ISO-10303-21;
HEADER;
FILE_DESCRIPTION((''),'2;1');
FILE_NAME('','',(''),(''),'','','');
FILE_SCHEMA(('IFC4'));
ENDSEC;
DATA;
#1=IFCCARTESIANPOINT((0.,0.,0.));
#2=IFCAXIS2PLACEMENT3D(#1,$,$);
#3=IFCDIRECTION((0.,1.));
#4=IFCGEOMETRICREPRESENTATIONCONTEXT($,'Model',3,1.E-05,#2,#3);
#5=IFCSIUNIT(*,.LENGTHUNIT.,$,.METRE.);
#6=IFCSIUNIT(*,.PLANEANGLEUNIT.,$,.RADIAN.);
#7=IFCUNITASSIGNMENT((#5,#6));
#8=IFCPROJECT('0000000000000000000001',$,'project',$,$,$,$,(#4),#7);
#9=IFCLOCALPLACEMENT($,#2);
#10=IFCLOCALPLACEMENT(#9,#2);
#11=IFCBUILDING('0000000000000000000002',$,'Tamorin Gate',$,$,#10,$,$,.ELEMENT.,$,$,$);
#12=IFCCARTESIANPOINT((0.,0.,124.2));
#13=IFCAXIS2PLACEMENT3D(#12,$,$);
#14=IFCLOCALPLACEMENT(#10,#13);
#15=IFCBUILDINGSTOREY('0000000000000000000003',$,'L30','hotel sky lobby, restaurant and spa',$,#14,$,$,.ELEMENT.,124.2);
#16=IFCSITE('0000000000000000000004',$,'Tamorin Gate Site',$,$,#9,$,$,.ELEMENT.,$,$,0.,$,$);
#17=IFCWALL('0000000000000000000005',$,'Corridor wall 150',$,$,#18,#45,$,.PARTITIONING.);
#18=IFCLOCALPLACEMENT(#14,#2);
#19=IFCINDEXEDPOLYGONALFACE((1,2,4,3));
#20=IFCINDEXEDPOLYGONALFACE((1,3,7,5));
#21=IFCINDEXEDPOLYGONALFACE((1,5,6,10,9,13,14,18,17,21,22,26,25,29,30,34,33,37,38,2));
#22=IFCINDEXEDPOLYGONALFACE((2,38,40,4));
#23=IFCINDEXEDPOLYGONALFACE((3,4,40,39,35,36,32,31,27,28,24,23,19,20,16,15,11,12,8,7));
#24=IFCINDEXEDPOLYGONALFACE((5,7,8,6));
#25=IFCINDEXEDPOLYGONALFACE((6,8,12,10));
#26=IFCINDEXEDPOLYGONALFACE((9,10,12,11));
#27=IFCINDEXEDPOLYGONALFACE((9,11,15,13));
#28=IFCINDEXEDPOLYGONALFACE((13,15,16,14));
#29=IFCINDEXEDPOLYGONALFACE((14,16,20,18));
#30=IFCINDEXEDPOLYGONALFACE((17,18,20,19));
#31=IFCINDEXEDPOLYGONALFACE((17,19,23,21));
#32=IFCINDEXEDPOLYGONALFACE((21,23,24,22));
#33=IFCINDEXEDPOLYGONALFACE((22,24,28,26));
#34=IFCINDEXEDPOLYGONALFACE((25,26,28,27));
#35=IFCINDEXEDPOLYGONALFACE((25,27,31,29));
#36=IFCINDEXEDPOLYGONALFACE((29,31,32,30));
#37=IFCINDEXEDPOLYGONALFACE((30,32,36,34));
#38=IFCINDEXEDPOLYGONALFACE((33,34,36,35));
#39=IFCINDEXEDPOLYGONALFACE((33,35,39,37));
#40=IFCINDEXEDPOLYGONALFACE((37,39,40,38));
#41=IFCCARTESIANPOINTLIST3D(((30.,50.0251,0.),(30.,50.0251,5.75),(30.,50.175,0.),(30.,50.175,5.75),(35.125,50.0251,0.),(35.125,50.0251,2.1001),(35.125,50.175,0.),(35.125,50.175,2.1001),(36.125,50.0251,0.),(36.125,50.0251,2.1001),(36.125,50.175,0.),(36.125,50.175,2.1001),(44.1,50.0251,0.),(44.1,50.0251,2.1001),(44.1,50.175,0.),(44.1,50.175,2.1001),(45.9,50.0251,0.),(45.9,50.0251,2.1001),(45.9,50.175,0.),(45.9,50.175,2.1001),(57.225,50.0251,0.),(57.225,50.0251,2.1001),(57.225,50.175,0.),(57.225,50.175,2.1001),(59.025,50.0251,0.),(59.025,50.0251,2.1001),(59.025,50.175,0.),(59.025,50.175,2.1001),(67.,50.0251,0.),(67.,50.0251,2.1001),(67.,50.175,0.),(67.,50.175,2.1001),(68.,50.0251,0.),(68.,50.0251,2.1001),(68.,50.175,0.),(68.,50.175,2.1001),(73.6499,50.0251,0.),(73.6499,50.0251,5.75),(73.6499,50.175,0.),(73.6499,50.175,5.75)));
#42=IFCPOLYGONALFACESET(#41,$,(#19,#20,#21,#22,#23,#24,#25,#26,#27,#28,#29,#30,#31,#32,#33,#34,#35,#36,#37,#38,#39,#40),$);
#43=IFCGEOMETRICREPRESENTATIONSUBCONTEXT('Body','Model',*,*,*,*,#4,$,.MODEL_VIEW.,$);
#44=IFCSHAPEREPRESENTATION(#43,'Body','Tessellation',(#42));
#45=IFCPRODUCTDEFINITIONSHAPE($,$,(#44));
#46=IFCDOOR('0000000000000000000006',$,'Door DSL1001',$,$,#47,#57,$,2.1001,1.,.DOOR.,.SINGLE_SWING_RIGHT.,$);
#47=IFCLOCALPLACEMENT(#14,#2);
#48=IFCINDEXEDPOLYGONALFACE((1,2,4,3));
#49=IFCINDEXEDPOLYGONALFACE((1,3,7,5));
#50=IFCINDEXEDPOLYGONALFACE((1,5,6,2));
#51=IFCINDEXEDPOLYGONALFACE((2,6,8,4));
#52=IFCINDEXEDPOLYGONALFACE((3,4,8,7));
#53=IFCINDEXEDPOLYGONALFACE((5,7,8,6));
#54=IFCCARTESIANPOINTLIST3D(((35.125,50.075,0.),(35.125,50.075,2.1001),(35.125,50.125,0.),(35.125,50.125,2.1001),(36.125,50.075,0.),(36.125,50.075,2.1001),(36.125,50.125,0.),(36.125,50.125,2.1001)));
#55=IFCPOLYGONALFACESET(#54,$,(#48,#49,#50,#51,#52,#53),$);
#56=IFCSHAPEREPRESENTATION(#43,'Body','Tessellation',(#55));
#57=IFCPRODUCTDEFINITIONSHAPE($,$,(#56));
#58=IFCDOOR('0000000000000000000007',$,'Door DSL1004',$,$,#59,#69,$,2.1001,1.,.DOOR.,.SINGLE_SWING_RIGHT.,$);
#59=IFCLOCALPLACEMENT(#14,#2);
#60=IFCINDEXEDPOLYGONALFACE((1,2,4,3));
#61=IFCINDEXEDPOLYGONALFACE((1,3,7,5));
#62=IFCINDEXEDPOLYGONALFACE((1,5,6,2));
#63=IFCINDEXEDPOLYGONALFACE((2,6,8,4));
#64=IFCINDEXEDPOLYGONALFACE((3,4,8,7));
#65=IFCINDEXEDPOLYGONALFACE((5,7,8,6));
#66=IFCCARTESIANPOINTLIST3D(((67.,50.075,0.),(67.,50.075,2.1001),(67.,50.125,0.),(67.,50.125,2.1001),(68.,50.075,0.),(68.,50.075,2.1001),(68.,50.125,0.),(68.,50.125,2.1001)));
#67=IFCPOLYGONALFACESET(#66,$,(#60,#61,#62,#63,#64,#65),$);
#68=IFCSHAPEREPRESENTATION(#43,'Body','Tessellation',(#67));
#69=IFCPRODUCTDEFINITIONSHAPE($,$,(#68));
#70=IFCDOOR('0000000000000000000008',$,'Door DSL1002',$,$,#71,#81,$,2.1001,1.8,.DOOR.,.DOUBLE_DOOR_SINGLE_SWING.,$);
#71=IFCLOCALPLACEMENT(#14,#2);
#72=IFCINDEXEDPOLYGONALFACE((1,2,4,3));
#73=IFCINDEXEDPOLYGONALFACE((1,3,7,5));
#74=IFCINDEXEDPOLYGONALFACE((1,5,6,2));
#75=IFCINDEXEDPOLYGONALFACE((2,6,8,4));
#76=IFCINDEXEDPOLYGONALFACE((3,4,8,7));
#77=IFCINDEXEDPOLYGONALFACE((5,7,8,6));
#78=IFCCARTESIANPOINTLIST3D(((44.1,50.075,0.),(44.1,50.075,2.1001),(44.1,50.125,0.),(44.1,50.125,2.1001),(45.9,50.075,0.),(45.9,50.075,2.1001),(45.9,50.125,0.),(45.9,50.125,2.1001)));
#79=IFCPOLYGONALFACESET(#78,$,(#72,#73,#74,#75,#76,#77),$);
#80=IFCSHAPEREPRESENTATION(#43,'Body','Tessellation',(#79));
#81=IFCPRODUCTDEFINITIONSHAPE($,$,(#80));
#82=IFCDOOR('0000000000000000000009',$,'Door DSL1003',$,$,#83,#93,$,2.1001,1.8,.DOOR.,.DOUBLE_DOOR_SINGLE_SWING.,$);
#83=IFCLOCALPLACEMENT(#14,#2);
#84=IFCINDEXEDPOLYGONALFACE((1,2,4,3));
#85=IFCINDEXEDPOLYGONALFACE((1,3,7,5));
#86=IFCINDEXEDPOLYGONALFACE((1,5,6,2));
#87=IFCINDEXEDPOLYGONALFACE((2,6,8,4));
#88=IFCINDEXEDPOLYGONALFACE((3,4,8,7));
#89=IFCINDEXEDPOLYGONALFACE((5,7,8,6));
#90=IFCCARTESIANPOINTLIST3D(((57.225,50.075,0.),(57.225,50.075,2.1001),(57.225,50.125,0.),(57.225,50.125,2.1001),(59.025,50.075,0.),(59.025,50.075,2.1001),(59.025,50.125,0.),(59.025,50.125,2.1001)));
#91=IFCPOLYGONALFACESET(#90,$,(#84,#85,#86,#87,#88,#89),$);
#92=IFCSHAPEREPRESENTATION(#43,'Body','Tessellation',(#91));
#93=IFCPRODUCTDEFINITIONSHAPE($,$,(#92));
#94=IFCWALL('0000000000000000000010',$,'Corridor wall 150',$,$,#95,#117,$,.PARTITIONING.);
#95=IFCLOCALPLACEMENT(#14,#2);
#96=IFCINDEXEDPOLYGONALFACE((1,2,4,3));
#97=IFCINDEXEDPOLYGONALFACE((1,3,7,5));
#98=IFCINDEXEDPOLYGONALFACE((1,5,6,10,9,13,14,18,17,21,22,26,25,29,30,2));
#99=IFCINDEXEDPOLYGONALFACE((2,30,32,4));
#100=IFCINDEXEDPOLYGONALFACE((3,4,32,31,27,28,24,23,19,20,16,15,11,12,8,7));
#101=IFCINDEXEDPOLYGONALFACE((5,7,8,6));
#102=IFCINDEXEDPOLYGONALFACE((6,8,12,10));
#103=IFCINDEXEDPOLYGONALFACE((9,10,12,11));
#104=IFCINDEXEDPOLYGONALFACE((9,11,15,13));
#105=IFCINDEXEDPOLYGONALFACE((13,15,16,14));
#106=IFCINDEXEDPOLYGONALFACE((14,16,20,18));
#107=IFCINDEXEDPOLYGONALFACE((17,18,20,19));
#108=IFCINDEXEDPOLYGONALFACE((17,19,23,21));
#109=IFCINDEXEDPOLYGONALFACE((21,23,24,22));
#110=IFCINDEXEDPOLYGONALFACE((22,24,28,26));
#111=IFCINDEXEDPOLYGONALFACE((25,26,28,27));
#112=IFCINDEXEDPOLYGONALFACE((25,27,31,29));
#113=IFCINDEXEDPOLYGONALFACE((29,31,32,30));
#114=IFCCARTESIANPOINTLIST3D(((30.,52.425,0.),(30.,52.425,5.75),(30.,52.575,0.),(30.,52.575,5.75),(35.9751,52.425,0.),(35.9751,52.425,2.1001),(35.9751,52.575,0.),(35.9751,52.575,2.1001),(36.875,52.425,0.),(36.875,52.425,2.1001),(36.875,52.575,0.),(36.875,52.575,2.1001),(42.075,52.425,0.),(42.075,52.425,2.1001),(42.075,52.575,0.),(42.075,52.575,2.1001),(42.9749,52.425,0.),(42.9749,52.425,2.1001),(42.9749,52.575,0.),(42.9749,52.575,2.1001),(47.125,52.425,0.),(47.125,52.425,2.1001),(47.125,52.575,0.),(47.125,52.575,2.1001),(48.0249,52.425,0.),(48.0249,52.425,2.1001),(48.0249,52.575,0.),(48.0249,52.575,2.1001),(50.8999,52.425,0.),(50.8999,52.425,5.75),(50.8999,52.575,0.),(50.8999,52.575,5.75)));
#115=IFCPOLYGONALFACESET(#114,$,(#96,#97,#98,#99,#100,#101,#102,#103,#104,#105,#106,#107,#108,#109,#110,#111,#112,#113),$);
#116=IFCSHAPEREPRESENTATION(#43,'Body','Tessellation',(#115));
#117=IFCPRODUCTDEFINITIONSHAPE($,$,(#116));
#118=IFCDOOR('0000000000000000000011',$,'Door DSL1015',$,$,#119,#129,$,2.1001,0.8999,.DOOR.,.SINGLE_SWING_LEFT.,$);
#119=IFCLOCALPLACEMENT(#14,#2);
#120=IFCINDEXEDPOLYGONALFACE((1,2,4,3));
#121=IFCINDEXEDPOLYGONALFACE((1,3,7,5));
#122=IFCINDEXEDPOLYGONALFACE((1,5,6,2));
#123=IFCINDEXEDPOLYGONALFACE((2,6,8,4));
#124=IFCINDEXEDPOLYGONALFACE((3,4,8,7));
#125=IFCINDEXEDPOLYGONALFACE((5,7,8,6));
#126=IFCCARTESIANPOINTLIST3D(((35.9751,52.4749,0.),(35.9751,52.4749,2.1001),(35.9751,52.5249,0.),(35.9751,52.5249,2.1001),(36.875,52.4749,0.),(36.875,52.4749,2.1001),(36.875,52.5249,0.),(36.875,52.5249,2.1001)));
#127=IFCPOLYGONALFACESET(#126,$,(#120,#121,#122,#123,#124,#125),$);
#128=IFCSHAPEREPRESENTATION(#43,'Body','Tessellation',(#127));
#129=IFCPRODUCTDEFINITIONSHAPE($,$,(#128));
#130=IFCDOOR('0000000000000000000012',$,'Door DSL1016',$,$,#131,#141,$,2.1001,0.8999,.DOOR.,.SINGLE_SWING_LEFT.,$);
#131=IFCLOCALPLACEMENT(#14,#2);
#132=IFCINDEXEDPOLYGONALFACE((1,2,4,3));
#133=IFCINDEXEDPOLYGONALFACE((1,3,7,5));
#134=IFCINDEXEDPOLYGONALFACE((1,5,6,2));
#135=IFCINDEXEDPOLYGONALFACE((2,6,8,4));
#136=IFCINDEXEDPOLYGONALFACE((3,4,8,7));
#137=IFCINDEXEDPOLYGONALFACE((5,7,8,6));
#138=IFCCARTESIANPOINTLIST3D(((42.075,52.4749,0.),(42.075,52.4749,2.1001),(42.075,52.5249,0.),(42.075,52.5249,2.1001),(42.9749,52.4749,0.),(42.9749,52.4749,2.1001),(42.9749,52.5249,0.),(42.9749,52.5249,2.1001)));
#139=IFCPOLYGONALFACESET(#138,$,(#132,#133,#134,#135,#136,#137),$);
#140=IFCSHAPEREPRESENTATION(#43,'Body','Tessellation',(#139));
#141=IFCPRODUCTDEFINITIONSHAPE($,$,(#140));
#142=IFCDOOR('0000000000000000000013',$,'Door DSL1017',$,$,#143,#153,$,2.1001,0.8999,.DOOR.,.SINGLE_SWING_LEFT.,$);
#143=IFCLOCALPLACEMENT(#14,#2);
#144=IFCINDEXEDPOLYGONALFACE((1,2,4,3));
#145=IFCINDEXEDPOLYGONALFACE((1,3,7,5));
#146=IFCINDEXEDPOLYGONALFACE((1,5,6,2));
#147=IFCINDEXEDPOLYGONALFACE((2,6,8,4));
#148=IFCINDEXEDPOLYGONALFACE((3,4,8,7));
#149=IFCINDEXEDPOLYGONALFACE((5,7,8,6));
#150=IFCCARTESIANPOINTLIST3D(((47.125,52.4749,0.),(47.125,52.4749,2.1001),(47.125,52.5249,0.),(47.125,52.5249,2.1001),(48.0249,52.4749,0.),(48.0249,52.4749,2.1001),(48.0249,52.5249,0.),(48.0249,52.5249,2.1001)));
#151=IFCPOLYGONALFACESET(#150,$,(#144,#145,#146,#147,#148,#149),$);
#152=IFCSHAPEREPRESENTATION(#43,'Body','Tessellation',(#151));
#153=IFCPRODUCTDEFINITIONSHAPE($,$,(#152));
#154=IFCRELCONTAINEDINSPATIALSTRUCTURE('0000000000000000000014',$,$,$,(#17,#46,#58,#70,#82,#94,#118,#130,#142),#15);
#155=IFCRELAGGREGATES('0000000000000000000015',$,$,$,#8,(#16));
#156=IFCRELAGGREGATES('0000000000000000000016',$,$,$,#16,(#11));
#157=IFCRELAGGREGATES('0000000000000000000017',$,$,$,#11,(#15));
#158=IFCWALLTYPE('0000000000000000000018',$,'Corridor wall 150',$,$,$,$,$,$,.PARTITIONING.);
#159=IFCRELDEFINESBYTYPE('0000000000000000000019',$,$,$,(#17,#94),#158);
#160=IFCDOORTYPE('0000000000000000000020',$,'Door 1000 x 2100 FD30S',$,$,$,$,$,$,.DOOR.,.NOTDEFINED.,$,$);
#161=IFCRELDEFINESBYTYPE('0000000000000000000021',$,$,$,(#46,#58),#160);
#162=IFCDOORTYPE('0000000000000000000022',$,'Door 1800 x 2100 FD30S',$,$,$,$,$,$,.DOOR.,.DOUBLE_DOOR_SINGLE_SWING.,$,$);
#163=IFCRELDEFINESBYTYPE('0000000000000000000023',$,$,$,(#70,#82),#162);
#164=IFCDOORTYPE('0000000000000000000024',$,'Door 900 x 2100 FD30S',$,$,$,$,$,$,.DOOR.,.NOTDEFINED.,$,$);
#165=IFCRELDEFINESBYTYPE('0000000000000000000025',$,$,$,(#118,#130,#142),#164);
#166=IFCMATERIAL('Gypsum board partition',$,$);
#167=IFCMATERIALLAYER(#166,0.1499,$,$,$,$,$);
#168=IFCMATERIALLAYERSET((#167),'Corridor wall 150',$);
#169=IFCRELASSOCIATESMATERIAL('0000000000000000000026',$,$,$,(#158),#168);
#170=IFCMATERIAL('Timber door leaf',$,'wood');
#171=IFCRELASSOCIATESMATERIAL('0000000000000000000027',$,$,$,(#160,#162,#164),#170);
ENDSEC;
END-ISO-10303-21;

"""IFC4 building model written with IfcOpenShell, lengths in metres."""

from ifc_helpers import new_model, si_unit, direction, frame, frame_2d, origin, place, context, subcontext, project, spatial, rectangle, extrude, material, layer, layer_set, type_object, element, fill, save


model = new_model("IFC4")

# Units and contexts
model_context = context("Model", 3, precision=1e-05, world=origin(), true_north=direction((0.0, 1.0)))
body_context = subcontext(model_context, "Body", "Model", "MODEL_VIEW")
ifc_project = project(units=[si_unit("LENGTHUNIT", "METRE"), si_unit("PLANEANGLEUNIT", "RADIAN")], contexts=[model_context])

# Site, building, storey
site_placement = place(None, origin())
site = spatial("IfcSite", under=ifc_project, at=site_placement, Name="Tamorin Gate Site", CompositionType="ELEMENT", RefElevation=0.0)
building_placement = place(site_placement, origin())
building = spatial("IfcBuilding", under=site, at=building_placement, Name="Tamorin Gate", CompositionType="ELEMENT")
storey_placement = place(building_placement, frame((0.0, 0.0, 124.2)))
storey = spatial("IfcBuildingStorey", under=building, at=storey_placement, Name="L30", Description="hotel sky lobby, restaurant and spa", CompositionType="ELEMENT", Elevation=124.2)

# Walls, openings, doors
ifc_material_1 = material(Name="Gypsum board partition")
ifc_layer_1 = layer(ifc_material_1, 0.1499)
ifc_layer_set_1 = layer_set([ifc_layer_1], Name="Corridor wall 150")
wall_type_1 = type_object("IfcWallType", Name="Corridor wall 150", PredefinedType="PARTITIONING", material=ifc_layer_set_1)
wall_1_placement = place(storey_placement, frame((30.0, 50.1001, 0.0), z_axis=(0.0, 0.0, 1.0), x_axis=(1.0, 0.0, 0.0)))
wall_1 = element("IfcWall", 1, at=wall_1_placement, inside=storey, type_object=wall_type_1, Name="Corridor wall 150", PredefinedType="PARTITIONING", context=body_context, shape_type="SweptSolid", body=[
    extrude(rectangle(XDim=43.6499, YDim=0.1499, at=frame_2d((21.825, 0.0))), origin(), (0.0, 0.0, 1.0), 5.75),
])
opening_1_placement = place(wall_1_placement, frame((5.125, 0.0, 0.0)))
opening_1 = element("IfcOpeningElement", 2, at=opening_1_placement, cuts=wall_1, PredefinedType="OPENING", context=body_context, shape_type="SweptSolid", body=[
    extrude(rectangle(XDim=1.0, YDim=2.1001, at=frame_2d((0.5, 1.05))), frame((0.0, 0.085, 0.0), z_axis=(0.0, -1.0, 0.0), x_axis=(1.0, 0.0, 0.0)), (0.0, 0.0, 1.0), 0.1699),
])
opening_2_placement = place(wall_1_placement, frame((14.1001, 0.0, 0.0)))
opening_2 = element("IfcOpeningElement", 3, at=opening_2_placement, cuts=wall_1, PredefinedType="OPENING", context=body_context, shape_type="SweptSolid", body=[
    extrude(rectangle(XDim=1.8, YDim=2.1001, at=frame_2d((0.8999, 1.05))), frame((0.0, 0.085, 0.0), z_axis=(0.0, -1.0, 0.0), x_axis=(1.0, 0.0, 0.0)), (0.0, 0.0, 1.0), 0.1699),
])
opening_3_placement = place(wall_1_placement, frame((27.2251, 0.0, 0.0)))
opening_3 = element("IfcOpeningElement", 4, at=opening_3_placement, cuts=wall_1, PredefinedType="OPENING", context=body_context, shape_type="SweptSolid", body=[
    extrude(rectangle(XDim=1.8, YDim=2.1001, at=frame_2d((0.8999, 1.05))), frame((0.0, 0.085, 0.0), z_axis=(0.0, -1.0, 0.0), x_axis=(1.0, 0.0, 0.0)), (0.0, 0.0, 1.0), 0.1699),
])
opening_4_placement = place(wall_1_placement, frame((37.0, 0.0, 0.0)))
opening_4 = element("IfcOpeningElement", 5, at=opening_4_placement, cuts=wall_1, PredefinedType="OPENING", context=body_context, shape_type="SweptSolid", body=[
    extrude(rectangle(XDim=1.0, YDim=2.1001, at=frame_2d((0.5, 1.05))), frame((0.0, 0.085, 0.0), z_axis=(0.0, -1.0, 0.0), x_axis=(1.0, 0.0, 0.0)), (0.0, 0.0, 1.0), 0.1699),
])
ifc_material_2 = material(Name="Timber door leaf", Category="wood")
door_type_1 = type_object("IfcDoorType", Name="Door 1000 x 2100 FD30S", OperationType="NOTDEFINED", PredefinedType="DOOR", material=ifc_material_2)
door_1_placement = place(opening_1_placement, origin())
door_1 = element("IfcDoor", 6, at=door_1_placement, inside=storey, type_object=door_type_1, Name="Door DSL1001", OperationType="SINGLE_SWING_RIGHT", OverallHeight=2.1001, OverallWidth=1.0, PredefinedType="DOOR", context=body_context, shape_type="SweptSolid", body=[
    extrude(rectangle(XDim=1.0, YDim=2.1001, at=frame_2d((0.5, 1.05))), frame((0.0, 0.0249, 0.0), z_axis=(0.0, -1.0, 0.0), x_axis=(1.0, 0.0, 0.0)), (0.0, 0.0, 1.0), 0.05),
])
fill(opening_1, door_1)
door_2_placement = place(opening_4_placement, origin())
door_2 = element("IfcDoor", 7, at=door_2_placement, inside=storey, type_object=door_type_1, Name="Door DSL1004", OperationType="SINGLE_SWING_RIGHT", OverallHeight=2.1001, OverallWidth=1.0, PredefinedType="DOOR", context=body_context, shape_type="SweptSolid", body=[
    extrude(rectangle(XDim=1.0, YDim=2.1001, at=frame_2d((0.5, 1.05))), frame((0.0, 0.0249, 0.0), z_axis=(0.0, -1.0, 0.0), x_axis=(1.0, 0.0, 0.0)), (0.0, 0.0, 1.0), 0.05),
])
fill(opening_4, door_2)
door_type_2 = type_object("IfcDoorType", Name="Door 1800 x 2100 FD30S", OperationType="DOUBLE_DOOR_SINGLE_SWING", PredefinedType="DOOR", material=ifc_material_2)
door_3_placement = place(opening_2_placement, origin())
door_3 = element("IfcDoor", 8, at=door_3_placement, inside=storey, type_object=door_type_2, Name="Door DSL1002", OperationType="DOUBLE_DOOR_SINGLE_SWING", OverallHeight=2.1001, OverallWidth=1.8, PredefinedType="DOOR", context=body_context, shape_type="SweptSolid", body=[
    extrude(rectangle(XDim=1.8, YDim=2.1001, at=frame_2d((0.8999, 1.05))), frame((0.0, 0.0249, 0.0), z_axis=(0.0, -1.0, 0.0), x_axis=(1.0, 0.0, 0.0)), (0.0, 0.0, 1.0), 0.05),
])
fill(opening_2, door_3)
door_4_placement = place(opening_3_placement, origin())
door_4 = element("IfcDoor", 9, at=door_4_placement, inside=storey, type_object=door_type_2, Name="Door DSL1003", OperationType="DOUBLE_DOOR_SINGLE_SWING", OverallHeight=2.1001, OverallWidth=1.8, PredefinedType="DOOR", context=body_context, shape_type="SweptSolid", body=[
    extrude(rectangle(XDim=1.8, YDim=2.1001, at=frame_2d((0.8999, 1.05))), frame((0.0, 0.0249, 0.0), z_axis=(0.0, -1.0, 0.0), x_axis=(1.0, 0.0, 0.0)), (0.0, 0.0, 1.0), 0.05),
])
fill(opening_3, door_4)
wall_2_placement = place(storey_placement, frame((30.0, 52.5, 0.0), z_axis=(0.0, 0.0, 1.0), x_axis=(1.0, 0.0, 0.0)))
wall_2 = element("IfcWall", 10, at=wall_2_placement, inside=storey, type_object=wall_type_1, Name="Corridor wall 150", PredefinedType="PARTITIONING", context=body_context, shape_type="SweptSolid", body=[
    extrude(rectangle(XDim=20.8999, YDim=0.1499, at=frame_2d((10.45, 0.0))), origin(), (0.0, 0.0, 1.0), 5.75),
])
opening_5_placement = place(wall_2_placement, frame((5.9751, 0.0, 0.0)))
opening_5 = element("IfcOpeningElement", 11, at=opening_5_placement, cuts=wall_2, PredefinedType="OPENING", context=body_context, shape_type="SweptSolid", body=[
    extrude(rectangle(XDim=0.8999, YDim=2.1001, at=frame_2d((0.45, 1.05))), frame((0.0, 0.085, 0.0), z_axis=(0.0, -1.0, 0.0), x_axis=(1.0, 0.0, 0.0)), (0.0, 0.0, 1.0), 0.1699),
])
opening_6_placement = place(wall_2_placement, frame((12.075, 0.0, 0.0)))
opening_6 = element("IfcOpeningElement", 12, at=opening_6_placement, cuts=wall_2, PredefinedType="OPENING", context=body_context, shape_type="SweptSolid", body=[
    extrude(rectangle(XDim=0.8999, YDim=2.1001, at=frame_2d((0.45, 1.05))), frame((0.0, 0.085, 0.0), z_axis=(0.0, -1.0, 0.0), x_axis=(1.0, 0.0, 0.0)), (0.0, 0.0, 1.0), 0.1699),
])
opening_7_placement = place(wall_2_placement, frame((17.125, 0.0, 0.0)))
opening_7 = element("IfcOpeningElement", 13, at=opening_7_placement, cuts=wall_2, PredefinedType="OPENING", context=body_context, shape_type="SweptSolid", body=[
    extrude(rectangle(XDim=0.8999, YDim=2.1001, at=frame_2d((0.45, 1.05))), frame((0.0, 0.085, 0.0), z_axis=(0.0, -1.0, 0.0), x_axis=(1.0, 0.0, 0.0)), (0.0, 0.0, 1.0), 0.1699),
])
door_type_3 = type_object("IfcDoorType", Name="Door 900 x 2100 FD30S", OperationType="NOTDEFINED", PredefinedType="DOOR", material=ifc_material_2)
door_5_placement = place(opening_5_placement, origin())
door_5 = element("IfcDoor", 14, at=door_5_placement, inside=storey, type_object=door_type_3, Name="Door DSL1015", OperationType="SINGLE_SWING_LEFT", OverallHeight=2.1001, OverallWidth=0.8999, PredefinedType="DOOR", context=body_context, shape_type="SweptSolid", body=[
    extrude(rectangle(XDim=0.8999, YDim=2.1001, at=frame_2d((0.45, 1.05))), frame((0.0, 0.0249, 0.0), z_axis=(0.0, -1.0, 0.0), x_axis=(1.0, 0.0, 0.0)), (0.0, 0.0, 1.0), 0.05),
])
fill(opening_5, door_5)
door_6_placement = place(opening_6_placement, origin())
door_6 = element("IfcDoor", 15, at=door_6_placement, inside=storey, type_object=door_type_3, Name="Door DSL1016", OperationType="SINGLE_SWING_LEFT", OverallHeight=2.1001, OverallWidth=0.8999, PredefinedType="DOOR", context=body_context, shape_type="SweptSolid", body=[
    extrude(rectangle(XDim=0.8999, YDim=2.1001, at=frame_2d((0.45, 1.05))), frame((0.0, 0.0249, 0.0), z_axis=(0.0, -1.0, 0.0), x_axis=(1.0, 0.0, 0.0)), (0.0, 0.0, 1.0), 0.05),
])
fill(opening_6, door_6)
door_7_placement = place(opening_7_placement, origin())
door_7 = element("IfcDoor", 16, at=door_7_placement, inside=storey, type_object=door_type_3, Name="Door DSL1017", OperationType="SINGLE_SWING_LEFT", OverallHeight=2.1001, OverallWidth=0.8999, PredefinedType="DOOR", context=body_context, shape_type="SweptSolid", body=[
    extrude(rectangle(XDim=0.8999, YDim=2.1001, at=frame_2d((0.45, 1.05))), frame((0.0, 0.0249, 0.0), z_axis=(0.0, -1.0, 0.0), x_axis=(1.0, 0.0, 0.0)), (0.0, 0.0, 1.0), 0.05),
])
fill(opening_7, door_7)

save(model, "model.ifc")
